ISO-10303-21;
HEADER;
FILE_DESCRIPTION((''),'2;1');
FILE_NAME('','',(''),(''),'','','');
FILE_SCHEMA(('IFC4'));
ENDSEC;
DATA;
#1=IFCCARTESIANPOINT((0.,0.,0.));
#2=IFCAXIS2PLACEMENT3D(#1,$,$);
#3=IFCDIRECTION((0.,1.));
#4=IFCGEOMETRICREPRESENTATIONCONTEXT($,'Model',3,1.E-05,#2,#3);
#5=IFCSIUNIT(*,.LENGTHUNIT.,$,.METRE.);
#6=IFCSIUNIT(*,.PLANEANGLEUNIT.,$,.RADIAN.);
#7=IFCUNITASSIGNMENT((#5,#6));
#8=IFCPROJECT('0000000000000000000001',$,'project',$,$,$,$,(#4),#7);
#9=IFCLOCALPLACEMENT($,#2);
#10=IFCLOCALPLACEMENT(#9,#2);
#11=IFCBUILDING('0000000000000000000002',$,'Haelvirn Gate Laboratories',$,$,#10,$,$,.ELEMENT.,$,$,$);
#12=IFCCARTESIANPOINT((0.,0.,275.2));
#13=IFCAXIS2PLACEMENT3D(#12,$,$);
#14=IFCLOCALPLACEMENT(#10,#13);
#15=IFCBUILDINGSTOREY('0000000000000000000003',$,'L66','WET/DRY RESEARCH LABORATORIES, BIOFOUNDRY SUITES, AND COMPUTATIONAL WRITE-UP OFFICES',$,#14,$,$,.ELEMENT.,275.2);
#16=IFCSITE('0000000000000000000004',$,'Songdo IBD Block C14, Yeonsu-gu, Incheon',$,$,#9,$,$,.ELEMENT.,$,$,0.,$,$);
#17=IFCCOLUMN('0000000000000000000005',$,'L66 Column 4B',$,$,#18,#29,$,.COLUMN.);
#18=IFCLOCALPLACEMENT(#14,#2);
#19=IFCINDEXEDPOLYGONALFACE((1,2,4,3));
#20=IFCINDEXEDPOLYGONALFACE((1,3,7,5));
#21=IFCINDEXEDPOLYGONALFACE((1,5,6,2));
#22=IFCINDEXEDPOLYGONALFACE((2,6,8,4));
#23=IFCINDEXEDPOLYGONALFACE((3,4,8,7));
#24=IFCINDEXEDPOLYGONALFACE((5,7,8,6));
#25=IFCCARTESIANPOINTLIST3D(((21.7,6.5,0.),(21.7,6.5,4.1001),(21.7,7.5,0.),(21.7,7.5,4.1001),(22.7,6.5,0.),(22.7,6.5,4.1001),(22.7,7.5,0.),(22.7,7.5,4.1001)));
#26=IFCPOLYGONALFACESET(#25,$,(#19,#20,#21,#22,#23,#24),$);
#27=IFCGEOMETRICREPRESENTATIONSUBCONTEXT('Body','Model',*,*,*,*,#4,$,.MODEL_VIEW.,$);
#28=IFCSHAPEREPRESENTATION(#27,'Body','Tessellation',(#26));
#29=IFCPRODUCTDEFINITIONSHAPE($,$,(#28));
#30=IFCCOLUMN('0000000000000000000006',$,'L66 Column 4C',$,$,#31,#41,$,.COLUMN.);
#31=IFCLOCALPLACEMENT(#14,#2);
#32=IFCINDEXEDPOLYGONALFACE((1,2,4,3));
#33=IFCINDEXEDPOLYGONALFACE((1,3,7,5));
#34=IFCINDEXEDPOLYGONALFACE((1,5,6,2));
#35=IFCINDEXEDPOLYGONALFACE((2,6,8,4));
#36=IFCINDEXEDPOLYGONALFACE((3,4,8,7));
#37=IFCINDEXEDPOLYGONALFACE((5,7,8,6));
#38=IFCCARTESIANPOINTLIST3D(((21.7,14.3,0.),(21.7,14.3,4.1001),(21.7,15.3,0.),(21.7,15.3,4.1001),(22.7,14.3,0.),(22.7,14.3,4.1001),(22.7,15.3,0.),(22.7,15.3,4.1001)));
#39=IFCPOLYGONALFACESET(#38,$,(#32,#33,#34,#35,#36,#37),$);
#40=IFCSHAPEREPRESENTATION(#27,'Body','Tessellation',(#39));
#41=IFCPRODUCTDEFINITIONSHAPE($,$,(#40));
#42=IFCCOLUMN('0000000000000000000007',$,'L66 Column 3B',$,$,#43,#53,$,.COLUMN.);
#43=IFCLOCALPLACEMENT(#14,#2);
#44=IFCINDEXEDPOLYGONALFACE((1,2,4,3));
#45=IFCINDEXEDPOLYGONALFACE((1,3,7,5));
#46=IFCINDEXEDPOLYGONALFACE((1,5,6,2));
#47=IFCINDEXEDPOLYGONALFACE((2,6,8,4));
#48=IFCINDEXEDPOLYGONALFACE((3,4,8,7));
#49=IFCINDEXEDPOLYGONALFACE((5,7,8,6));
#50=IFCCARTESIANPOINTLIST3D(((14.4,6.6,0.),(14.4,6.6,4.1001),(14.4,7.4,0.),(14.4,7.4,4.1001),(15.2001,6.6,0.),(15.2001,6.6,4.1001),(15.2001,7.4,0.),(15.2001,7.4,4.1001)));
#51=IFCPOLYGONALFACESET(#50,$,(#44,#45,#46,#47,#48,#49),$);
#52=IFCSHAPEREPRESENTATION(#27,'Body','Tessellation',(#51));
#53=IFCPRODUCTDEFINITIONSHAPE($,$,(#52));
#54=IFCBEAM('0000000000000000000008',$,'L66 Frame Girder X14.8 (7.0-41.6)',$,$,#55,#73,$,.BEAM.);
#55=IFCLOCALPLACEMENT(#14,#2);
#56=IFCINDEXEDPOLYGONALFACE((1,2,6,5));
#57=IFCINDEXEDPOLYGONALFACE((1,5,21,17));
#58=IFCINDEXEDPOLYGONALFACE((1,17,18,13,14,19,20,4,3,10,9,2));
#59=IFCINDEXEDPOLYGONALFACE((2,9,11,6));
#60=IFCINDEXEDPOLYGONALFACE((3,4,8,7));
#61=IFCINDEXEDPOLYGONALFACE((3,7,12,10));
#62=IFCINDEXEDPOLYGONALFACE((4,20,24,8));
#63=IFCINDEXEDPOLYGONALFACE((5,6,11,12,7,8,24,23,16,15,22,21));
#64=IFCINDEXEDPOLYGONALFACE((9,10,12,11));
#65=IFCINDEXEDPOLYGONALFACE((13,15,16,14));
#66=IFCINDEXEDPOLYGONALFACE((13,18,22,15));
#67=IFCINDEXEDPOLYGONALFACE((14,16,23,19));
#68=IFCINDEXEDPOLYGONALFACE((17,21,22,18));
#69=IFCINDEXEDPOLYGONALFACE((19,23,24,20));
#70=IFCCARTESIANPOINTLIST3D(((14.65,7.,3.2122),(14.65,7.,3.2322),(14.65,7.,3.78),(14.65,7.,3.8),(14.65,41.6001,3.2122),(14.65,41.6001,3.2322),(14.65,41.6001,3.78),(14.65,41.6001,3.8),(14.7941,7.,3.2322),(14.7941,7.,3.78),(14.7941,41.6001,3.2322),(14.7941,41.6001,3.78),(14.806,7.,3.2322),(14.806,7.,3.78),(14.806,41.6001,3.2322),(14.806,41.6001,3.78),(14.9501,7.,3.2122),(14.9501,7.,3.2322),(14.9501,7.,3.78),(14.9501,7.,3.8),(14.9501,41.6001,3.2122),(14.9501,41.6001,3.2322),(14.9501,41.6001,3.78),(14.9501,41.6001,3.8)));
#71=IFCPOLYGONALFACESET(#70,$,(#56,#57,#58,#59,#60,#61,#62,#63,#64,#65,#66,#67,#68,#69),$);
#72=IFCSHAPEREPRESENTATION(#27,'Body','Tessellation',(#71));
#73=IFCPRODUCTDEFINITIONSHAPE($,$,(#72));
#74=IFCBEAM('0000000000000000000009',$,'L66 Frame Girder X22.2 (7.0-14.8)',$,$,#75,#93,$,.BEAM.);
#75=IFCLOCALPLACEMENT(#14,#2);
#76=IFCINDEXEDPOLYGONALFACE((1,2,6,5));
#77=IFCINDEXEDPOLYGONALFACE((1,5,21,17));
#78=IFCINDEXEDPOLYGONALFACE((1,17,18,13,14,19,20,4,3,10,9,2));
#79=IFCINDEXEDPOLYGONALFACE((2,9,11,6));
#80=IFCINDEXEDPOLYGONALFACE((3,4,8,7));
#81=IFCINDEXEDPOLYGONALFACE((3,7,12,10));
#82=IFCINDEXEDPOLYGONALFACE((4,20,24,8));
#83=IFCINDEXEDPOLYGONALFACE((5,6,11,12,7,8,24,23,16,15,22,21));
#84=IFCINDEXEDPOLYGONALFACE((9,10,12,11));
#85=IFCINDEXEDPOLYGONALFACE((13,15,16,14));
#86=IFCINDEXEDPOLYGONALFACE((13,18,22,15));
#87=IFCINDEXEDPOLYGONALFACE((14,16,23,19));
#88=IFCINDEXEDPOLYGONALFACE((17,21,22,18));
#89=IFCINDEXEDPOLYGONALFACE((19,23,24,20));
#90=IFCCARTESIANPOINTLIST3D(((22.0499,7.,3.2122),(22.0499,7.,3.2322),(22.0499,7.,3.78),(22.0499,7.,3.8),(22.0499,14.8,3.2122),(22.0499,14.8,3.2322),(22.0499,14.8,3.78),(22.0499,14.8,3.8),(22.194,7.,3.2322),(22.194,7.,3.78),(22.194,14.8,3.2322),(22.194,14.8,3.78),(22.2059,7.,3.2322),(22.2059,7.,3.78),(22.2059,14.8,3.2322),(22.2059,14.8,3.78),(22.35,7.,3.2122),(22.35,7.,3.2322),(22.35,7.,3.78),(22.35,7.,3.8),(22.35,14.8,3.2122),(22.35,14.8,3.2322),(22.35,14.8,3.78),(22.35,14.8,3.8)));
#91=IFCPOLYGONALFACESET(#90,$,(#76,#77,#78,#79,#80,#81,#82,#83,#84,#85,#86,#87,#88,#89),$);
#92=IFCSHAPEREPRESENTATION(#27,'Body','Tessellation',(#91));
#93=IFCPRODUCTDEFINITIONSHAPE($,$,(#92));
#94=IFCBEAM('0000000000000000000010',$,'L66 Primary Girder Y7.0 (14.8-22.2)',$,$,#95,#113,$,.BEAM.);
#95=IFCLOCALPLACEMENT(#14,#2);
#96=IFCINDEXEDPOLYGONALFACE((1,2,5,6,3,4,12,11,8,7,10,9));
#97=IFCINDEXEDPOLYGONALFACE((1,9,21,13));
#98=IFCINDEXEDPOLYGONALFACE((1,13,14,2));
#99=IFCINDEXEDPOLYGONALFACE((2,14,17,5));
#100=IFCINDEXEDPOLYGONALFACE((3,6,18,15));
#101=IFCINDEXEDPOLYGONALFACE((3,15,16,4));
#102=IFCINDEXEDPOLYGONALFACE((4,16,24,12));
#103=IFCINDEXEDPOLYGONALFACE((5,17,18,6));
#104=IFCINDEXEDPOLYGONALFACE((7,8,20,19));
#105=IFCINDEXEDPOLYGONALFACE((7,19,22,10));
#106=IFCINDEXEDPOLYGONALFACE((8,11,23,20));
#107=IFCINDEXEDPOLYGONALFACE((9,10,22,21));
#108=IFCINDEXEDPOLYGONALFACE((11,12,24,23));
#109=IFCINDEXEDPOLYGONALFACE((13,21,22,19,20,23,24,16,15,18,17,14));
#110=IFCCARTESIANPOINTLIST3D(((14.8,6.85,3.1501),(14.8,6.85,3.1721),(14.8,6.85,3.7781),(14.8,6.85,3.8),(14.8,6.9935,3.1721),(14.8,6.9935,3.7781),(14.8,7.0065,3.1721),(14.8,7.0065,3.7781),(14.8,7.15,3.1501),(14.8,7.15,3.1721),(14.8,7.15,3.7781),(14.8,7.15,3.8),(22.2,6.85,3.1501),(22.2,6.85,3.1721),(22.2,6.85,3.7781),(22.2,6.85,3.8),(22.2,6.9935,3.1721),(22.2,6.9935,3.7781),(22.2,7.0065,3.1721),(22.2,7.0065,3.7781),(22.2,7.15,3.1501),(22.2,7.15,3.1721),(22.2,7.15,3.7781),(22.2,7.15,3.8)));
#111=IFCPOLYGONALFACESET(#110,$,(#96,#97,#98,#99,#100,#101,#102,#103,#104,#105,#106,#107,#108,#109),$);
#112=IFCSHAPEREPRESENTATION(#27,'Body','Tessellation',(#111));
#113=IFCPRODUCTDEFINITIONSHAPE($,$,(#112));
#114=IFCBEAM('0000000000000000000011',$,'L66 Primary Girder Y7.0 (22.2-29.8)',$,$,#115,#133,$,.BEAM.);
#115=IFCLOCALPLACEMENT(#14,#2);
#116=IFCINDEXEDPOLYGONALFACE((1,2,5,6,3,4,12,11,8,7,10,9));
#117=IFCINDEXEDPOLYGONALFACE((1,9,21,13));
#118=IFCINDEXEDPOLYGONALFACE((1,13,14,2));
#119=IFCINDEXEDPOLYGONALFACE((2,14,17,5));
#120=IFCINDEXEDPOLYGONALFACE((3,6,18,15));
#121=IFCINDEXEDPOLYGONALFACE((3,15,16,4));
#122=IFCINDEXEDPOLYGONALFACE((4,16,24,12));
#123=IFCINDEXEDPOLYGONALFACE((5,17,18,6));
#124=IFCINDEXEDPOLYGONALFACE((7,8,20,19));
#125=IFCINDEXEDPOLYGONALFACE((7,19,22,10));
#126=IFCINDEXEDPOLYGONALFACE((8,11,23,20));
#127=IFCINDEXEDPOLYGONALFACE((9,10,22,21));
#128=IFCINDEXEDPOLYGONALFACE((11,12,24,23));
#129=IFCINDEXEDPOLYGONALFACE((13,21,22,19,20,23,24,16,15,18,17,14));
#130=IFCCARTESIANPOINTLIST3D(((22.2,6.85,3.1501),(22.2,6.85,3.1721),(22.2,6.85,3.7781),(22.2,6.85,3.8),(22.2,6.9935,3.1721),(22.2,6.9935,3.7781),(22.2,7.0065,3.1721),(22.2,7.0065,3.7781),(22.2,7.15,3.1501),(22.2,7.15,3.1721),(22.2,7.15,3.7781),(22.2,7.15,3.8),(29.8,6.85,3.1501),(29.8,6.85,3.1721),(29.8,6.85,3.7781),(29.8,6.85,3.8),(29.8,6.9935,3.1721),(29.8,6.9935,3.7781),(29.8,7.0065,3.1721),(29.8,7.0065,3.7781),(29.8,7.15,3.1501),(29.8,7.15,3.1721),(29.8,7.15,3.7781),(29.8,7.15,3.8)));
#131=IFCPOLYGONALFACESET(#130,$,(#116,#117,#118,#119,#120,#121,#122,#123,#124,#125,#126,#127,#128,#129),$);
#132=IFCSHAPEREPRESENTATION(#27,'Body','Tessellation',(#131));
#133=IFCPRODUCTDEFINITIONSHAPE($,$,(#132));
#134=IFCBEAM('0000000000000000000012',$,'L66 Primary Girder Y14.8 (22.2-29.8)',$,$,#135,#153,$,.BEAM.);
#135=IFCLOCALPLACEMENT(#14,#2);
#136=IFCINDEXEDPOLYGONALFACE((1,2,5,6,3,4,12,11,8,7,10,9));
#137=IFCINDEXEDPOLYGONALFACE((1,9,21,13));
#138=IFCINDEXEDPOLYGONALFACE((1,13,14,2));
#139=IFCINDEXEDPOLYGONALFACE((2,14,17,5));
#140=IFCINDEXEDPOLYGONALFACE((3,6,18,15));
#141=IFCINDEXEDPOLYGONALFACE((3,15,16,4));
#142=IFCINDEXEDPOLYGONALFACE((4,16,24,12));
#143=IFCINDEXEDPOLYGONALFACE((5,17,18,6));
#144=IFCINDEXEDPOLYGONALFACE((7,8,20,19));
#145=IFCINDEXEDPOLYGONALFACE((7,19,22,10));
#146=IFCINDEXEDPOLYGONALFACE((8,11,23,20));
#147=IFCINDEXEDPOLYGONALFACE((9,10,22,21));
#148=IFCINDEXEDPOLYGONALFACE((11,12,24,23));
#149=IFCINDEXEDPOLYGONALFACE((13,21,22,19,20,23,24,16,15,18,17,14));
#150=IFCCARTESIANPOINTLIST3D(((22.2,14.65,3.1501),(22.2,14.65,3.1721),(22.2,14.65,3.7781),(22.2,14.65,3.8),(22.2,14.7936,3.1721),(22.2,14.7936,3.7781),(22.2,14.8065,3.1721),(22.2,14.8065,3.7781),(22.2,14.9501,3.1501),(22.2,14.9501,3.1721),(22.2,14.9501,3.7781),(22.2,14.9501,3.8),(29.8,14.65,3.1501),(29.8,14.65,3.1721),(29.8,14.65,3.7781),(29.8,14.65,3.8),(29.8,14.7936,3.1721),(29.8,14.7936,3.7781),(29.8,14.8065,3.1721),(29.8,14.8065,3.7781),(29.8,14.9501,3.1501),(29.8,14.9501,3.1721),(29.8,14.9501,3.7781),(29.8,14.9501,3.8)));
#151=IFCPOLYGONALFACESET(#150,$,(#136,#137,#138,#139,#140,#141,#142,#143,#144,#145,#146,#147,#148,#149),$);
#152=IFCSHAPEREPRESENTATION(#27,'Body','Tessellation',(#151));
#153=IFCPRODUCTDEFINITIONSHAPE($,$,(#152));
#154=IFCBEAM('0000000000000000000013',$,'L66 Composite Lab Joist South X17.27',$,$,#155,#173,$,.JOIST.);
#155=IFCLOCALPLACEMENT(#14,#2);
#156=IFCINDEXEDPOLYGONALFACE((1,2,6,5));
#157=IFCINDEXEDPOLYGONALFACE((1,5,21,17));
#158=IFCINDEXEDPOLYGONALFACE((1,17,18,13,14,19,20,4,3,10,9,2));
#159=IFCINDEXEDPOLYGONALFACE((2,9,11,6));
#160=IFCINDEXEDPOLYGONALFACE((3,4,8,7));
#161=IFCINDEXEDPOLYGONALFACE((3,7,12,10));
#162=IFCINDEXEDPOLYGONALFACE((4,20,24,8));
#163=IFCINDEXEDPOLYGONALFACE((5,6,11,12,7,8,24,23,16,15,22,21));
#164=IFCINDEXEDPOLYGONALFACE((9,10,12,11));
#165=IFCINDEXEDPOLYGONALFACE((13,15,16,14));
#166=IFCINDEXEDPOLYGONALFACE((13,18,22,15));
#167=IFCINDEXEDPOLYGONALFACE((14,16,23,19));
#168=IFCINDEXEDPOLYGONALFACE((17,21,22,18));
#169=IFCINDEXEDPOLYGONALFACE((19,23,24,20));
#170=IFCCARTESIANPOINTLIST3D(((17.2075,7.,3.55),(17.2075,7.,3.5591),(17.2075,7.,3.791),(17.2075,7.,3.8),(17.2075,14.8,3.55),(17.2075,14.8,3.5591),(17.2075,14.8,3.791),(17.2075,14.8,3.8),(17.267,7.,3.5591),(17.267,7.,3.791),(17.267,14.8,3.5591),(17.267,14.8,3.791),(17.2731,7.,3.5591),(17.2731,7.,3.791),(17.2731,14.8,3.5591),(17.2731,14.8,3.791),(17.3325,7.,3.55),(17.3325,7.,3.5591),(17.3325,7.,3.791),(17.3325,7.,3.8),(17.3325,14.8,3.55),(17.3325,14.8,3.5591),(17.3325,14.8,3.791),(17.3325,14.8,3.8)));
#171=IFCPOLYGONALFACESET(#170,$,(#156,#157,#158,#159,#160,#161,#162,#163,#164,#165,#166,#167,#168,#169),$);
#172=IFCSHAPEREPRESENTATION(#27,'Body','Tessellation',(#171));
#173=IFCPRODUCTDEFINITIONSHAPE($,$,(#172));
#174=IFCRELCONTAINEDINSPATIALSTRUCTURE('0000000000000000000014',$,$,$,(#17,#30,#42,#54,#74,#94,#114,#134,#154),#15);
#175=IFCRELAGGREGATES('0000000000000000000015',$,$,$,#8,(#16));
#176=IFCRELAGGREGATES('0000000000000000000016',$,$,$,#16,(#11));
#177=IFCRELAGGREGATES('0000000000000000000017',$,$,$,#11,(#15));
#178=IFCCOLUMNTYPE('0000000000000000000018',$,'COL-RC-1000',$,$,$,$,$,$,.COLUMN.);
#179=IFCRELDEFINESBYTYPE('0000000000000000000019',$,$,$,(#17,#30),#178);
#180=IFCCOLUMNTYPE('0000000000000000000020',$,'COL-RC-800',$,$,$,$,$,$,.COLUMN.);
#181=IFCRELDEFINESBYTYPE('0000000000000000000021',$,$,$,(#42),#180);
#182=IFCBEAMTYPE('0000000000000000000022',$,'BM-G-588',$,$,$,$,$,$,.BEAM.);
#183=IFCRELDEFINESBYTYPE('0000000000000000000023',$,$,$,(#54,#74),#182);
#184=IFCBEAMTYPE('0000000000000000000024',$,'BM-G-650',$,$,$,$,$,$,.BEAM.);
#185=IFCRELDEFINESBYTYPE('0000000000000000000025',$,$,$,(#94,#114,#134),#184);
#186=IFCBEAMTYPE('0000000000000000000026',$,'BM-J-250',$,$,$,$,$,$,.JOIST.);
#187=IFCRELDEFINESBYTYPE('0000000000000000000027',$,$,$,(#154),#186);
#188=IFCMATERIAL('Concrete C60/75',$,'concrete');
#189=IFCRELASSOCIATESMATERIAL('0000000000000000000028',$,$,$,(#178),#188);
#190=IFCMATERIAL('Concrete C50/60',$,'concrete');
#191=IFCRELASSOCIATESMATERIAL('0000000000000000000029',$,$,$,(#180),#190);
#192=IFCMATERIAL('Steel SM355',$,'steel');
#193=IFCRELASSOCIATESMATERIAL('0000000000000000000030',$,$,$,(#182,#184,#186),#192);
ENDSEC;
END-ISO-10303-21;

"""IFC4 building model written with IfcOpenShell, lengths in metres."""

from ifc_helpers import new_model, si_unit, direction, frame, origin, origin_2d, place, context, subcontext, project, spatial, rectangle, i_section, extrude, source, transform, mapped, material, material_profile, profile_set, type_object, type_shapes, element, save


model = new_model("IFC4")

# Units and contexts
model_context = context("Model", 3, precision=1e-05, world=origin(), true_north=direction((0.0, 1.0)))
body_context = subcontext(model_context, "Body", "Model", "MODEL_VIEW")
ifc_project = project(units=[si_unit("LENGTHUNIT", "METRE"), si_unit("PLANEANGLEUNIT", "RADIAN")], contexts=[model_context])

# Site, building, storey
site_placement = place(None, origin())
site = spatial("IfcSite", under=ifc_project, at=site_placement, Name="Songdo IBD Block C14, Yeonsu-gu, Incheon", CompositionType="ELEMENT", RefElevation=0.0)
building_placement = place(site_placement, origin())
building = spatial("IfcBuilding", under=site, at=building_placement, Name="Haelvirn Gate Laboratories", CompositionType="ELEMENT")
storey_placement = place(building_placement, frame((0.0, 0.0, 275.2)))
storey = spatial("IfcBuildingStorey", under=building, at=storey_placement, Name="L66", Description="WET/DRY RESEARCH LABORATORIES, BIOFOUNDRY SUITES, AND COMPUTATIONAL WRITE-UP OFFICES", CompositionType="ELEMENT", Elevation=275.2)

# Columns
ifc_material_1 = material(Name="Concrete C60/75", Category="concrete")
ifc_material_profile_1 = material_profile(ifc_material_1, rectangle(XDim=1.0, YDim=1.0, at=origin_2d()), Name="RC-1000x1000")
ifc_profile_set_1 = profile_set([ifc_material_profile_1], Name="Concrete C60/75")
column_type_1 = type_object("IfcColumnType", Name="COL-RC-1000", PredefinedType="COLUMN", material=ifc_profile_set_1)
shared_shape_1 = source(origin(), body_context, "Body", "SweptSolid", [
    extrude(rectangle(XDim=1.0, YDim=1.0, at=origin_2d()), origin(), (0.0, 0.0, 1.0), 4.1001),
])
type_shapes(column_type_1, [shared_shape_1])
for number, where, z_axis, x_axis, name in (
    (1, (22.2, 7.0, 0.0), (0.0, 0.0, 1.0), (1.0, 0.0, 0.0), "L66 Column 4B"),
    (2, (22.2, 14.8, 0.0), (0.0, 0.0, 1.0), (1.0, 0.0, 0.0), "L66 Column 4C"),
):
    element("IfcColumn", number, at=place(storey_placement, frame(where, z_axis=z_axis, x_axis=x_axis)), inside=storey, type_object=column_type_1, Name=name, PredefinedType="COLUMN", context=body_context, shape_type="MappedRepresentation", body=[
        mapped(shared_shape_1, transform((0.0, 0.0, 0.0), scale=1.0)),
    ])
ifc_material_2 = material(Name="Concrete C50/60", Category="concrete")
ifc_material_profile_2 = material_profile(ifc_material_2, rectangle(XDim=0.8, YDim=0.8, at=origin_2d()), Name="RC-800x800")
ifc_profile_set_2 = profile_set([ifc_material_profile_2], Name="Concrete C50/60")
column_type_2 = type_object("IfcColumnType", Name="COL-RC-800", PredefinedType="COLUMN", material=ifc_profile_set_2)
shared_shape_2 = source(origin(), body_context, "Body", "SweptSolid", [
    extrude(rectangle(XDim=0.8, YDim=0.8, at=origin_2d()), origin(), (0.0, 0.0, 1.0), 4.1001),
])
type_shapes(column_type_2, [shared_shape_2])
column_placement = place(storey_placement, frame((14.8, 7.0, 0.0), z_axis=(0.0, 0.0, 1.0), x_axis=(1.0, 0.0, 0.0)))
element("IfcColumn", 3, at=column_placement, inside=storey, type_object=column_type_2, Name="L66 Column 3B", PredefinedType="COLUMN", context=body_context, shape_type="MappedRepresentation", body=[
    mapped(shared_shape_2, transform((0.0, 0.0, 0.0), scale=1.0)),
])

# Beams
ifc_material_3 = material(Name="Steel SM355", Category="steel")
ifc_material_profile_3 = material_profile(ifc_material_3, i_section(OverallWidth=0.3, OverallDepth=0.5879, WebThickness=0.012, FlangeThickness=0.02, at=origin_2d()), Name="H-588x300x12x20")
ifc_profile_set_3 = profile_set([ifc_material_profile_3], Name="Steel SM355")
beam_type_1 = type_object("IfcBeamType", Name="BM-G-588", PredefinedType="BEAM", material=ifc_profile_set_3)
shared_shape_3 = source(origin(), body_context, "Body", "SweptSolid", [
    extrude(i_section(OverallWidth=0.3, OverallDepth=0.5879, WebThickness=0.012, FlangeThickness=0.02, at=origin_2d()), origin(), (0.0, 0.0, 1.0), 34.6001),
])
beam_1_placement = place(storey_placement, frame((14.8, 7.0, 3.5061), z_axis=(0.0, 1.0, 0.0), x_axis=(-1.0, 0.0, 0.0)))
element("IfcBeam", 4, at=beam_1_placement, inside=storey, type_object=beam_type_1, Name="L66 Frame Girder X14.8 (7.0-41.6)", PredefinedType="BEAM", context=body_context, shape_type="MappedRepresentation", body=[
    mapped(shared_shape_3, transform((0.0, 0.0, 0.0), scale=1.0)),
])
shared_shape_4 = source(origin(), body_context, "Body", "SweptSolid", [
    extrude(i_section(OverallWidth=0.3, OverallDepth=0.5879, WebThickness=0.012, FlangeThickness=0.02, at=origin_2d()), origin(), (0.0, 0.0, 1.0), 7.8),
])
type_shapes(beam_type_1, [shared_shape_3, shared_shape_4])
beam_2_placement = place(storey_placement, frame((22.2, 7.0, 3.5061), z_axis=(0.0, 1.0, 0.0), x_axis=(-1.0, 0.0, 0.0)))
element("IfcBeam", 5, at=beam_2_placement, inside=storey, type_object=beam_type_1, Name="L66 Frame Girder X22.2 (7.0-14.8)", PredefinedType="BEAM", context=body_context, shape_type="MappedRepresentation", body=[
    mapped(shared_shape_4, transform((0.0, 0.0, 0.0), scale=1.0)),
])
ifc_material_profile_4 = material_profile(ifc_material_3, i_section(OverallWidth=0.3, OverallDepth=0.6499, WebThickness=0.0129, FlangeThickness=0.022, at=origin_2d()), Name="H-650x300x13x22")
ifc_profile_set_4 = profile_set([ifc_material_profile_4], Name="Steel SM355")
beam_type_2 = type_object("IfcBeamType", Name="BM-G-650", PredefinedType="BEAM", material=ifc_profile_set_4)
shared_shape_5 = source(origin(), body_context, "Body", "SweptSolid", [
    extrude(i_section(OverallWidth=0.3, OverallDepth=0.6499, WebThickness=0.0129, FlangeThickness=0.022, at=origin_2d()), origin(), (0.0, 0.0, 1.0), 7.3999),
])
beam_3_placement = place(storey_placement, frame((14.8, 7.0, 3.4751), z_axis=(1.0, 0.0, 0.0), x_axis=(0.0, 1.0, 0.0)))
element("IfcBeam", 6, at=beam_3_placement, inside=storey, type_object=beam_type_2, Name="L66 Primary Girder Y7.0 (14.8-22.2)", PredefinedType="BEAM", context=body_context, shape_type="MappedRepresentation", body=[
    mapped(shared_shape_5, transform((0.0, 0.0, 0.0), scale=1.0)),
])
shared_shape_6 = source(origin(), body_context, "Body", "SweptSolid", [
    extrude(i_section(OverallWidth=0.3, OverallDepth=0.6499, WebThickness=0.0129, FlangeThickness=0.022, at=origin_2d()), origin(), (0.0, 0.0, 1.0), 7.6001),
])
type_shapes(beam_type_2, [shared_shape_5, shared_shape_6])
for number, where, z_axis, x_axis, name in (
    (7, (22.2, 7.0, 3.4751), (1.0, 0.0, 0.0), (0.0, 1.0, 0.0), "L66 Primary Girder Y7.0 (22.2-29.8)"),
    (8, (22.2, 14.8, 3.4751), (1.0, 0.0, 0.0), (0.0, 1.0, 0.0), "L66 Primary Girder Y14.8 (22.2-29.8)"),
):
    element("IfcBeam", number, at=place(storey_placement, frame(where, z_axis=z_axis, x_axis=x_axis)), inside=storey, type_object=beam_type_2, Name=name, PredefinedType="BEAM", context=body_context, shape_type="MappedRepresentation", body=[
        mapped(shared_shape_6, transform((0.0, 0.0, 0.0), scale=1.0)),
    ])
ifc_material_profile_5 = material_profile(ifc_material_3, i_section(OverallWidth=0.125, OverallDepth=0.25, WebThickness=0.0061, FlangeThickness=0.009, at=origin_2d()), Name="H-250x125x6x9")
ifc_profile_set_5 = profile_set([ifc_material_profile_5], Name="Steel SM355")
beam_type_3 = type_object("IfcBeamType", Name="BM-J-250", PredefinedType="JOIST", material=ifc_profile_set_5)
shared_shape_7 = source(origin(), body_context, "Body", "SweptSolid", [
    extrude(i_section(OverallWidth=0.125, OverallDepth=0.25, WebThickness=0.0061, FlangeThickness=0.009, at=origin_2d()), origin(), (0.0, 0.0, 1.0), 7.8),
])
type_shapes(beam_type_3, [shared_shape_7])
for number, where, z_axis, x_axis, name in (
    (9, (17.27, 7.0, 3.675), (0.0, 1.0, 0.0), (-1.0, 0.0, 0.0), "L66 Composite Lab Joist South X17.27"),
):
    element("IfcBeam", number, at=place(storey_placement, frame(where, z_axis=z_axis, x_axis=x_axis)), inside=storey, type_object=beam_type_3, Name=name, PredefinedType="JOIST", context=body_context, shape_type="MappedRepresentation", body=[
        mapped(shared_shape_7, transform((0.0, 0.0, 0.0), scale=1.0)),
    ])

save(model, "model.ifc")
